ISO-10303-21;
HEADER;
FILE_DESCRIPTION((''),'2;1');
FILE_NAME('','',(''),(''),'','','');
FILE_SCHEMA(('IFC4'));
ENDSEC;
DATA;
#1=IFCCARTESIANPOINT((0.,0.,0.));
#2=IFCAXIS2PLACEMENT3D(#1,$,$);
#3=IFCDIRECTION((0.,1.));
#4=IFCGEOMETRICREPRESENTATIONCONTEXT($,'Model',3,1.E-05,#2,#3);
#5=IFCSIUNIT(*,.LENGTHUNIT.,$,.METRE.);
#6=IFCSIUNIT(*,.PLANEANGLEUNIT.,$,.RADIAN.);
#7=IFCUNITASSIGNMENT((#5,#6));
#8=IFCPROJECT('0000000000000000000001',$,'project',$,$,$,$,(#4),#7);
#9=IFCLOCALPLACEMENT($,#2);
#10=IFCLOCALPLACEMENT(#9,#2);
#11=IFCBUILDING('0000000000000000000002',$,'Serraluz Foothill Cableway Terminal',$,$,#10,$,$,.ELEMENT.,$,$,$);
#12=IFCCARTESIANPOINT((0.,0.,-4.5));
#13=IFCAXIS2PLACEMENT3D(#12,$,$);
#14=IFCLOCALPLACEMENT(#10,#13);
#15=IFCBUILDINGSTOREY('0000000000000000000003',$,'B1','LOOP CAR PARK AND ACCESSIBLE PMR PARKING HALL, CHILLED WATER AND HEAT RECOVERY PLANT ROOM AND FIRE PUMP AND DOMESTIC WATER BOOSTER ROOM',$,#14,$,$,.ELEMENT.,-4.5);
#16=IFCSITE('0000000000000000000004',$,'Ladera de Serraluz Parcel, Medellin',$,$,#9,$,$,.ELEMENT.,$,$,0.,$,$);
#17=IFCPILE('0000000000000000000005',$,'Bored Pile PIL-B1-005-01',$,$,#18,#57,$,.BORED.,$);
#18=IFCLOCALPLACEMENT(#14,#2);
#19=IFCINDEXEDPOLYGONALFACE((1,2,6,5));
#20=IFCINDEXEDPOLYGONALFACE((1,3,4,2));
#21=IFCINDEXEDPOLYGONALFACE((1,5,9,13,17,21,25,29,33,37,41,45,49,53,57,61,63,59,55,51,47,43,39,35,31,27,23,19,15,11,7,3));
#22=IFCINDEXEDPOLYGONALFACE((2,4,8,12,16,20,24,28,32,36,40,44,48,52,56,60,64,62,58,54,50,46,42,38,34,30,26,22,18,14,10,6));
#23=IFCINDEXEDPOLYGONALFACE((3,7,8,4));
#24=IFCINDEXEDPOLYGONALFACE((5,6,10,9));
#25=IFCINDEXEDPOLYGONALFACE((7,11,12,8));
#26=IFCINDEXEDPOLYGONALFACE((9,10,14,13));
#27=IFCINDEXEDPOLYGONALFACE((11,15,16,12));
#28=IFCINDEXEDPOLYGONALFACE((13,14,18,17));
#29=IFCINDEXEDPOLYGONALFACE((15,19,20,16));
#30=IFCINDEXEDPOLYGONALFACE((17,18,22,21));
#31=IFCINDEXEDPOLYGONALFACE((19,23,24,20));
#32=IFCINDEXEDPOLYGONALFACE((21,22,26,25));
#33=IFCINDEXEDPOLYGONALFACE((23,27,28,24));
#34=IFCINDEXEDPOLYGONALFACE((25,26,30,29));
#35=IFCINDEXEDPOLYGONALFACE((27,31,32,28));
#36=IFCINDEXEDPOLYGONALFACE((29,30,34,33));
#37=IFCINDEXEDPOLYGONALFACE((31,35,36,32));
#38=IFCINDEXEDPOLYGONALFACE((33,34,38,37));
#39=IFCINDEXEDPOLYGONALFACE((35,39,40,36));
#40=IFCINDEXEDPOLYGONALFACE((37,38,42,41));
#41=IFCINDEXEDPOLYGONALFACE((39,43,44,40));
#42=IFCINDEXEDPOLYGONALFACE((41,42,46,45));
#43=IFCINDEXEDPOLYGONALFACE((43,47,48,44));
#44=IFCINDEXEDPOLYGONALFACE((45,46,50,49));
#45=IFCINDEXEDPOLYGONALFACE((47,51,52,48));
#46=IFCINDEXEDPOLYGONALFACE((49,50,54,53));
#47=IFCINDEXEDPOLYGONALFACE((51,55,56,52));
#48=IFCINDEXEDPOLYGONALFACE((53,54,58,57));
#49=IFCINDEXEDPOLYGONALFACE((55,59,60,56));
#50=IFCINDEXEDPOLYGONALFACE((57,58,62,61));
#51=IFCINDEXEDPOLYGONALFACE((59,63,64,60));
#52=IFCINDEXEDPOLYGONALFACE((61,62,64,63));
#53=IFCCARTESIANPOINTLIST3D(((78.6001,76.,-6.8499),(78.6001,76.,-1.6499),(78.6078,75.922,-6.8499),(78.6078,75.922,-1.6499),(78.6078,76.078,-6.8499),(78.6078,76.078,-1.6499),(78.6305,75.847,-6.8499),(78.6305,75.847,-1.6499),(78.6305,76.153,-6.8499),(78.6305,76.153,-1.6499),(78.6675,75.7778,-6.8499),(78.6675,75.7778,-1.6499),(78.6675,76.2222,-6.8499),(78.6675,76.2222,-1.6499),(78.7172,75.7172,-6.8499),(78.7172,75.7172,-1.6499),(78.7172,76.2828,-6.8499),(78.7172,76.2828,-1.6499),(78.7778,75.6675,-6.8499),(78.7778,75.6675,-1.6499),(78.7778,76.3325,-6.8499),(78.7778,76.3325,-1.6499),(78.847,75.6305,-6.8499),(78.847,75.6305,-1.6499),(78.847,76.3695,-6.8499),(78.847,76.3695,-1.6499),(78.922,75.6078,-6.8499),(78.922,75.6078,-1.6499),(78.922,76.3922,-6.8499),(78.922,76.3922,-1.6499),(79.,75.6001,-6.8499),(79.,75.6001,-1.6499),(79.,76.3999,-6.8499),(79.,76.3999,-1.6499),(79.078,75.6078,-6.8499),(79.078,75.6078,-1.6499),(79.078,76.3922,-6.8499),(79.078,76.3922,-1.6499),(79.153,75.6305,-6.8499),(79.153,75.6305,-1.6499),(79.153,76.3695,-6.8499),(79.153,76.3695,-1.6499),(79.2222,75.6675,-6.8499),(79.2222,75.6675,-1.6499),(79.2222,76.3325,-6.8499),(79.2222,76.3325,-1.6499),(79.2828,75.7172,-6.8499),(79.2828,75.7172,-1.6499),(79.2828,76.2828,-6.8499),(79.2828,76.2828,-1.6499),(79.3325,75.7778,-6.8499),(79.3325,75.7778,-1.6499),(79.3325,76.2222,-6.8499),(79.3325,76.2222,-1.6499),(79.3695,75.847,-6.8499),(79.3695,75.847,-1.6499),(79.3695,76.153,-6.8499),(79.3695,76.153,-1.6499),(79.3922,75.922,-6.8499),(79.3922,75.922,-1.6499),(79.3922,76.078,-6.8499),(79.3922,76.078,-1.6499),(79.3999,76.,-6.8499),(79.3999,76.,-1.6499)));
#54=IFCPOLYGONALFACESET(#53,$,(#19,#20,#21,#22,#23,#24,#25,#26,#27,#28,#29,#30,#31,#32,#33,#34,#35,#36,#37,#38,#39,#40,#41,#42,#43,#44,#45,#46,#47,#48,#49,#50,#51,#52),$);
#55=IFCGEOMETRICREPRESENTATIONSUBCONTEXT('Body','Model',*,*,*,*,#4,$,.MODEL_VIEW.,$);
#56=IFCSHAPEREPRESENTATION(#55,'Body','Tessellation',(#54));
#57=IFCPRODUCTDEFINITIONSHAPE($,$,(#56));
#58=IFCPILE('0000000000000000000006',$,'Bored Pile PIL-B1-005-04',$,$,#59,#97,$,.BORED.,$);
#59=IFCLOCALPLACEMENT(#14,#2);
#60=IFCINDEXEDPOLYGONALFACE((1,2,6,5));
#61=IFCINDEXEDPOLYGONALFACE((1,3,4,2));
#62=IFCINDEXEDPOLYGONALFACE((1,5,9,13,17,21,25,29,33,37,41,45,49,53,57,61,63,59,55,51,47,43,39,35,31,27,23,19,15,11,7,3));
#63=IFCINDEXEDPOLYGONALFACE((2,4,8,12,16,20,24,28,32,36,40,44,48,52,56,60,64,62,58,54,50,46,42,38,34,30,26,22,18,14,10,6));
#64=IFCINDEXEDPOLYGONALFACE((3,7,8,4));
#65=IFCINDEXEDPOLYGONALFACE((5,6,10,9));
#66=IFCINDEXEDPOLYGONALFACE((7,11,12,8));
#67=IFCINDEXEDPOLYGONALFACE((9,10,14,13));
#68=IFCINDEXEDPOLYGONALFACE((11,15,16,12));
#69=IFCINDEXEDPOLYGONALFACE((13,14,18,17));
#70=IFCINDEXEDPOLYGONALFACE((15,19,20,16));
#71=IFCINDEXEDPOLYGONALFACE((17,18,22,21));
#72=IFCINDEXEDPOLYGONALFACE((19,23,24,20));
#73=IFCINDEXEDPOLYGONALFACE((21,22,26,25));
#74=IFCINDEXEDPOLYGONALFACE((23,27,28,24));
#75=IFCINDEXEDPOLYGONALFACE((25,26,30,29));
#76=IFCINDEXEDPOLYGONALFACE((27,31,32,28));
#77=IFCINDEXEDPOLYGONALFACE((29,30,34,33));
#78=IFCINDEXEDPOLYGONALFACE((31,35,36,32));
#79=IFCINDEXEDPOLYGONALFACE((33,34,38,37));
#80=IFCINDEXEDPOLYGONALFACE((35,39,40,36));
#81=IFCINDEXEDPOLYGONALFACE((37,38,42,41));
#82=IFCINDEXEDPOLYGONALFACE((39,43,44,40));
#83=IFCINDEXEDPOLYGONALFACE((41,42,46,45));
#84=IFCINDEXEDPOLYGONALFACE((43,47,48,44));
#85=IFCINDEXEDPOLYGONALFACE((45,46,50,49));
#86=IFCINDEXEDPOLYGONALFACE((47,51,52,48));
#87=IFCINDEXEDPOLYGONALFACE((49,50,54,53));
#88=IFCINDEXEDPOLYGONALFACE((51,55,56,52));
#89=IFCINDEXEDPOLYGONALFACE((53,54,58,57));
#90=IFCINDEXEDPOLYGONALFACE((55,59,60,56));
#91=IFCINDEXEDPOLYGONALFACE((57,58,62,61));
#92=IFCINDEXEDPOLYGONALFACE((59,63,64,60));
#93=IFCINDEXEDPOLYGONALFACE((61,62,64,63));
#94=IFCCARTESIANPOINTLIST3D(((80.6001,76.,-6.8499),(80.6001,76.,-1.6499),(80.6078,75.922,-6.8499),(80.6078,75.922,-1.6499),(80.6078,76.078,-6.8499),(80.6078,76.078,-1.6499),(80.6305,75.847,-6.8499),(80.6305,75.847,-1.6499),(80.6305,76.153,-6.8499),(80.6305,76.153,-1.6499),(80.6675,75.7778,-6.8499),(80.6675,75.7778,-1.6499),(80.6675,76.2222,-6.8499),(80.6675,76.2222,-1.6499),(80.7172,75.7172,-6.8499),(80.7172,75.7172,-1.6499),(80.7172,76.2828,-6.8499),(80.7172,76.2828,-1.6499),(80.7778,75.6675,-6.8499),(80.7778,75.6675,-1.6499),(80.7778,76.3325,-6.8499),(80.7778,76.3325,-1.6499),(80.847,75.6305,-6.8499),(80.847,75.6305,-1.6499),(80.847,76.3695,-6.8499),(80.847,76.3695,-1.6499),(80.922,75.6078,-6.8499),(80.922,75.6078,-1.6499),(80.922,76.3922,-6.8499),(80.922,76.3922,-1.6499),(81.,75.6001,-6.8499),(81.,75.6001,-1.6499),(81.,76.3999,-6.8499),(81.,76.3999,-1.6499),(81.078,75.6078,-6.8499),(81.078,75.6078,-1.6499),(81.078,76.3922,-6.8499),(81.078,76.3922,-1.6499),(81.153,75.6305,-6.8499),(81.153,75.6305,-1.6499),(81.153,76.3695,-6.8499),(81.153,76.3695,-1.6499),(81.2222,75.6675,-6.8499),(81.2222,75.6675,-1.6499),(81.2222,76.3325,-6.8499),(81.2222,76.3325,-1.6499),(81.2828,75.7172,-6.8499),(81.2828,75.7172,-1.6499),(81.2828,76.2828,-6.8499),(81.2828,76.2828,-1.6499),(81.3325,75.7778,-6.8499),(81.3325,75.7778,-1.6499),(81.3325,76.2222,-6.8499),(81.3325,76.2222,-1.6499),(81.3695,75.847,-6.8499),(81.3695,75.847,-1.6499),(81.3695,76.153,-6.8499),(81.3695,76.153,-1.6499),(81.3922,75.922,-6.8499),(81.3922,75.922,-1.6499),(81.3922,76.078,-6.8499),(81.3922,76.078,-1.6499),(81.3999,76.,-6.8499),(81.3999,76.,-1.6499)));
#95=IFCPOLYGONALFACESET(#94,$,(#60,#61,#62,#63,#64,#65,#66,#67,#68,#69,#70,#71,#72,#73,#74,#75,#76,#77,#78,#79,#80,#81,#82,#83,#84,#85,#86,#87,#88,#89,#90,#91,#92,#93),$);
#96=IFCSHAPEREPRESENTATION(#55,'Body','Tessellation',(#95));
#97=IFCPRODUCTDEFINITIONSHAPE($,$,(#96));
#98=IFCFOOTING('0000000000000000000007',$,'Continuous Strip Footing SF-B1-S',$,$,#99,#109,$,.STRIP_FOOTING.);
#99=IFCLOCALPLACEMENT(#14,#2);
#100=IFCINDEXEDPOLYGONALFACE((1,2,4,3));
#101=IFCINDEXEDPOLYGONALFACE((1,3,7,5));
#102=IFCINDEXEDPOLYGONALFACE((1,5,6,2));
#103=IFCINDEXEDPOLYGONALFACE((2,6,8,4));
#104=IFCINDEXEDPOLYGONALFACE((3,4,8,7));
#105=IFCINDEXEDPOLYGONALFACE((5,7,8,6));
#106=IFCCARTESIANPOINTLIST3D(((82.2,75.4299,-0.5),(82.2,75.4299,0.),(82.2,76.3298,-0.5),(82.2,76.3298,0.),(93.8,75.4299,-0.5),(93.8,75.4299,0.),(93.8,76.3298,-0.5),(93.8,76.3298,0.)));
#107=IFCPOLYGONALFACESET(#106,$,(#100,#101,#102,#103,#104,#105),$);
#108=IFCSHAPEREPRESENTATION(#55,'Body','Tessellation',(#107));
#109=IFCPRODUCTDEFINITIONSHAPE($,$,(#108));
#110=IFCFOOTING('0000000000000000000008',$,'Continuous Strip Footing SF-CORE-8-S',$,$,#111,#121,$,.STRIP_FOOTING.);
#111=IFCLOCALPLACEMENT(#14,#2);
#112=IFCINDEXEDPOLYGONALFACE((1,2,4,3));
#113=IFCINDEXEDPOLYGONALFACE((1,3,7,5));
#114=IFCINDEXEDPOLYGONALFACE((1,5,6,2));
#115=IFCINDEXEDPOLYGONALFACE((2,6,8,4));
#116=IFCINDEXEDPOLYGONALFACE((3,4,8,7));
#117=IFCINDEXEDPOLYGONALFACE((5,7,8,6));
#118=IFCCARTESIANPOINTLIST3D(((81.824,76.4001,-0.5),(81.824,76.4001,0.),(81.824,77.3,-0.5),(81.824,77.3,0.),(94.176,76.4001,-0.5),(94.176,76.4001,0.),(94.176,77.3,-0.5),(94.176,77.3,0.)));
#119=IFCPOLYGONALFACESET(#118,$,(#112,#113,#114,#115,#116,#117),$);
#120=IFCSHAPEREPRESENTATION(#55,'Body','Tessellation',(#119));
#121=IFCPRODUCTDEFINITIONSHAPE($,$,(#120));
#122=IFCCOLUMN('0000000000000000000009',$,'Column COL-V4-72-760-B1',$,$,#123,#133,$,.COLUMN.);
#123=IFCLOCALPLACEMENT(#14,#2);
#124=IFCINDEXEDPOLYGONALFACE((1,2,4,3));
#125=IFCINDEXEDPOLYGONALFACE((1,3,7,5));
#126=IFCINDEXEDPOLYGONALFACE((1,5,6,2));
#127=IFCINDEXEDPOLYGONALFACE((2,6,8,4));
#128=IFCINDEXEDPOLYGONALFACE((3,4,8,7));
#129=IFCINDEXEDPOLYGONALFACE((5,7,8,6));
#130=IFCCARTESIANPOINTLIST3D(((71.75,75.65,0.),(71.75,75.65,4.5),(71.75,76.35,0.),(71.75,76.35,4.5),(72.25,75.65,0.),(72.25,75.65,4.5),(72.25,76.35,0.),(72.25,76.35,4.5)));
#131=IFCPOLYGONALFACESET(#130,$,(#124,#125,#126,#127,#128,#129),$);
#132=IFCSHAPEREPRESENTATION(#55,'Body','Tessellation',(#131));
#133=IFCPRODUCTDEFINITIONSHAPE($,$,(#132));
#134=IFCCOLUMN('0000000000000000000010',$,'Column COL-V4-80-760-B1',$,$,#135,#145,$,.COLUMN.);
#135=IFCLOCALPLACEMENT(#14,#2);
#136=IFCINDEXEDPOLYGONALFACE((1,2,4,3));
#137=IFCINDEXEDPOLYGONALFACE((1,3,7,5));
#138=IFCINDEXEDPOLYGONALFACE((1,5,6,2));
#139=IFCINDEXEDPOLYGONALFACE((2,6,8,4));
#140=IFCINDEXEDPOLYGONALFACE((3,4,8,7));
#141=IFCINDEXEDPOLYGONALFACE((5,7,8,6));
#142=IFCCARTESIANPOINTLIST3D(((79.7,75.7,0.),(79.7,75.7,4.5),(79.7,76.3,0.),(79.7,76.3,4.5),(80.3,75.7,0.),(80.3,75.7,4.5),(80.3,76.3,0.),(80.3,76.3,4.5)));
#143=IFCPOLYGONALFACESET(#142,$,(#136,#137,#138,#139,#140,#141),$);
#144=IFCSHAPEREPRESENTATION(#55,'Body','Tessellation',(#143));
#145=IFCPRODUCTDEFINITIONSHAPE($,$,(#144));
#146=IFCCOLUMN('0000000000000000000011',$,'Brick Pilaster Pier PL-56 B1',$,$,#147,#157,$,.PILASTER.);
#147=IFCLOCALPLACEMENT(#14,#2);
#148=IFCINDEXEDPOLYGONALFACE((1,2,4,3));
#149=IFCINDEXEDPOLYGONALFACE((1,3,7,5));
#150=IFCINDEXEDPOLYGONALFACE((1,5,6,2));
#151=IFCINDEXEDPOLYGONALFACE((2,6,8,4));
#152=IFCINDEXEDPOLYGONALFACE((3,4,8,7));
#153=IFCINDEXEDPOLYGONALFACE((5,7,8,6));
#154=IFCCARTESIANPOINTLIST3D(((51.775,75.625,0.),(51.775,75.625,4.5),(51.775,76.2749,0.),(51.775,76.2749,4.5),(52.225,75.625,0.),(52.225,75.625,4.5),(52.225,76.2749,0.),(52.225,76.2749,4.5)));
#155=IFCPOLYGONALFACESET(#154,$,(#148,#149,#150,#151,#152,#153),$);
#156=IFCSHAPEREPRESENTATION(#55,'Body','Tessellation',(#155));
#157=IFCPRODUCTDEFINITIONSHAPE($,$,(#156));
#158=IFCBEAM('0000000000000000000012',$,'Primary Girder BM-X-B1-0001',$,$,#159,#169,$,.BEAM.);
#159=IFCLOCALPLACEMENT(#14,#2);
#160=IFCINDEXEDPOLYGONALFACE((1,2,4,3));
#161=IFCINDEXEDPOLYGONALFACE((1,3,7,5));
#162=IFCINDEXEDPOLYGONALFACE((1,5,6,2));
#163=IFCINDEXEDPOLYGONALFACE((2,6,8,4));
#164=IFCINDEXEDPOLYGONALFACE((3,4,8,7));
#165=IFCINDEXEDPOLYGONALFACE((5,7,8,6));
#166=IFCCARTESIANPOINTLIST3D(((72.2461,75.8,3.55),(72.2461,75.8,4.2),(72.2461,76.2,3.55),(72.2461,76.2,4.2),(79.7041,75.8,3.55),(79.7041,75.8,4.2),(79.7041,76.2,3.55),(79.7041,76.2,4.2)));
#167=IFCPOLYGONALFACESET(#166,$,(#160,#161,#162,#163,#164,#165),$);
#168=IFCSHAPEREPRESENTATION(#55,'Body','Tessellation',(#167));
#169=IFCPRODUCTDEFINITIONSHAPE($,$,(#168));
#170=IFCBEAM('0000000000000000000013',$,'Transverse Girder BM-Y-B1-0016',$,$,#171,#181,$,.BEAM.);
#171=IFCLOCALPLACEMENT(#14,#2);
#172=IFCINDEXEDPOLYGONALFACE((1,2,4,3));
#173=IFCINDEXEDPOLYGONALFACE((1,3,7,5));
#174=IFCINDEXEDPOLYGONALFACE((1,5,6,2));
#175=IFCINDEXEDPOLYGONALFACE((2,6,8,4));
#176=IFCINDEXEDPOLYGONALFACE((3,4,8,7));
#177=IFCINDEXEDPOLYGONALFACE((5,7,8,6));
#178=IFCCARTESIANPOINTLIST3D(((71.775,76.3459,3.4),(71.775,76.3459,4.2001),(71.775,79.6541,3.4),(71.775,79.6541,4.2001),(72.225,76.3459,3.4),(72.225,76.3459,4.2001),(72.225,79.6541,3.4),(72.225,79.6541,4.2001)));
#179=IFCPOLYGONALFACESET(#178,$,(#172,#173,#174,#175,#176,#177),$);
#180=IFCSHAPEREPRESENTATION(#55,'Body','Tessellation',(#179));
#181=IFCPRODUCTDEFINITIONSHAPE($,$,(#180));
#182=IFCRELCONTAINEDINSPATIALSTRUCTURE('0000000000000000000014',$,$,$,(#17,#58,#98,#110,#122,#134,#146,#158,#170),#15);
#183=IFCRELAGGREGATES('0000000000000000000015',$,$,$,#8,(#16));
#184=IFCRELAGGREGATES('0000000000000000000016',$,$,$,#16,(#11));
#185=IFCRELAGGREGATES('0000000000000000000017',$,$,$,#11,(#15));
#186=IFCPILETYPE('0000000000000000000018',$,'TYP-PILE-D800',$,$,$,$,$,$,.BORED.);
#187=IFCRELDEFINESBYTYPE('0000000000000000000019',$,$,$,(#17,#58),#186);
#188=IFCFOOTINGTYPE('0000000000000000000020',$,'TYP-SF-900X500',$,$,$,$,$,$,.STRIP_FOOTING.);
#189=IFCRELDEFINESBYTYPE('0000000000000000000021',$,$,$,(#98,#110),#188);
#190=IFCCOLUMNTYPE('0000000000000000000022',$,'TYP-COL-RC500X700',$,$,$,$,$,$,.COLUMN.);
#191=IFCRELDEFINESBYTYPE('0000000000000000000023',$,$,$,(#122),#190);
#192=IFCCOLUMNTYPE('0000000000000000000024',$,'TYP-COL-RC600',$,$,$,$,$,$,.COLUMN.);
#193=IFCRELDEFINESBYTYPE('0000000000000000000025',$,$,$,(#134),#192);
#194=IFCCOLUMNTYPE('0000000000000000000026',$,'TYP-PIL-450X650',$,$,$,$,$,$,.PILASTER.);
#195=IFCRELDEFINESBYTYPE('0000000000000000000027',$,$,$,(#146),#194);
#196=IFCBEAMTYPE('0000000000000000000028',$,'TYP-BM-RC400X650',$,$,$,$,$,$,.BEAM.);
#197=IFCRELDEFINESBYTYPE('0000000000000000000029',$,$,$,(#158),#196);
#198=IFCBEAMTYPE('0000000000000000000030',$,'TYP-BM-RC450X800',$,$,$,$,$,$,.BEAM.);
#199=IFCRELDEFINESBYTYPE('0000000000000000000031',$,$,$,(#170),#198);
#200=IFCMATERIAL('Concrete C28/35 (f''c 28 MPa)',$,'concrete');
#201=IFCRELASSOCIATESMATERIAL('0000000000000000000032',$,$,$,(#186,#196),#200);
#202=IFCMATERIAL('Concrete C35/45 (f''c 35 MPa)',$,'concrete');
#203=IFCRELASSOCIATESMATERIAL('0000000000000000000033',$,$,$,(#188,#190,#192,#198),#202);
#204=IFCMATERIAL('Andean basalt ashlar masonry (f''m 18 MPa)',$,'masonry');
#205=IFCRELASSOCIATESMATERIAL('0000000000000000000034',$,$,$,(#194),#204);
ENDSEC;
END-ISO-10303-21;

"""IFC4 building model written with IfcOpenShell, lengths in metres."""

from ifc_helpers import new_model, si_unit, direction, frame, origin, origin_2d, place, context, subcontext, project, spatial, rectangle, circle, extrude, material, material_profile, profile_set, type_object, element, save


model = new_model("IFC4")

# Units and contexts
model_context = context("Model", 3, precision=1e-05, world=origin(), true_north=direction((0.0, 1.0)))
body_context = subcontext(model_context, "Body", "Model", "MODEL_VIEW")
ifc_project = project(units=[si_unit("LENGTHUNIT", "METRE"), si_unit("PLANEANGLEUNIT", "RADIAN")], contexts=[model_context])

# Site, building, storey
site_placement = place(None, origin())
site = spatial("IfcSite", under=ifc_project, at=site_placement, Name="Ladera de Serraluz Parcel, Medellin", CompositionType="ELEMENT", RefElevation=0.0)
building_placement = place(site_placement, origin())
building = spatial("IfcBuilding", under=site, at=building_placement, Name="Serraluz Foothill Cableway Terminal", CompositionType="ELEMENT")
storey_placement = place(building_placement, frame((0.0, 0.0, -4.5)))
storey = spatial("IfcBuildingStorey", under=building, at=storey_placement, Name="B1", Description="LOOP CAR PARK AND ACCESSIBLE PMR PARKING HALL, CHILLED WATER AND HEAT RECOVERY PLANT ROOM AND FIRE PUMP AND DOMESTIC WATER BOOSTER ROOM", CompositionType="ELEMENT", Elevation=-4.5)

# Shared definitions
ifc_material_1 = material(Name="Concrete C35/45 (f'c 35 MPa)", Category="concrete")

# Piles
ifc_material_2 = material(Name="Concrete C28/35 (f'c 28 MPa)", Category="concrete")
ifc_material_profile_1 = material_profile(ifc_material_2, circle(Radius=0.3999, at=origin_2d()), Name="BORED PILE D800")
ifc_profile_set_1 = profile_set([ifc_material_profile_1], Name="Concrete C28/35 (f'c 28 MPa)")
pile_type = type_object("IfcPileType", Name="TYP-PILE-D800", PredefinedType="BORED", material=ifc_profile_set_1)
for number, where, z_axis, x_axis, name in (
    (1, (79.0, 76.0, -1.6499), (0.0, 0.0, -1.0), (1.0, 0.0, 0.0), "Bored Pile PIL-B1-005-01"),
    (2, (81.0, 76.0, -1.6499), (0.0, 0.0, -1.0), (1.0, 0.0, 0.0), "Bored Pile PIL-B1-005-04"),
):
    element("IfcPile", number, at=place(storey_placement, frame(where, z_axis=z_axis, x_axis=x_axis)), inside=storey, type_object=pile_type, Name=name, PredefinedType="BORED", context=body_context, shape_type="SweptSolid", body=[
        extrude(circle(Radius=0.3999, at=origin_2d()), origin(), (0.0, 0.0, 1.0), 5.2),
    ])

# Footings
ifc_material_profile_2 = material_profile(ifc_material_1, rectangle(XDim=0.8999, YDim=0.5, at=origin_2d()), Name="SF 900x500")
ifc_profile_set_2 = profile_set([ifc_material_profile_2], Name="Concrete C35/45 (f'c 35 MPa)")
footing_type_1 = type_object("IfcFootingType", Name="TYP-SF-900X500", PredefinedType="STRIP_FOOTING", material=ifc_profile_set_2)
footing_1_placement = place(storey_placement, frame((82.2, 75.8799, -0.25), z_axis=(1.0, 0.0, 0.0), x_axis=(0.0, 1.0, 0.0)))
element("IfcFooting", 3, at=footing_1_placement, inside=storey, type_object=footing_type_1, Name="Continuous Strip Footing SF-B1-S", PredefinedType="STRIP_FOOTING", context=body_context, shape_type="SweptSolid", body=[
    extrude(rectangle(XDim=0.8999, YDim=0.5, at=origin_2d()), origin(), (0.0, 0.0, 1.0), 11.6001),
])
footing_2_placement = place(storey_placement, frame((81.824, 76.8501, -0.25), z_axis=(1.0, 0.0, 0.0), x_axis=(0.0, 1.0, 0.0)))
element("IfcFooting", 4, at=footing_2_placement, inside=storey, type_object=footing_type_1, Name="Continuous Strip Footing SF-CORE-8-S", PredefinedType="STRIP_FOOTING", context=body_context, shape_type="SweptSolid", body=[
    extrude(rectangle(XDim=0.8999, YDim=0.5, at=origin_2d()), origin(), (0.0, 0.0, 1.0), 12.3521),
])

# Columns
ifc_material_profile_3 = material_profile(ifc_material_1, rectangle(XDim=0.5, YDim=0.7, at=origin_2d()), Name="RC 500x700")
ifc_profile_set_3 = profile_set([ifc_material_profile_3], Name="Concrete C35/45 (f'c 35 MPa)")
column_type_1 = type_object("IfcColumnType", Name="TYP-COL-RC500X700", PredefinedType="COLUMN", material=ifc_profile_set_3)
column_1_placement = place(storey_placement, frame((72.0, 76.0, 0.0), z_axis=(0.0, 0.0, 1.0), x_axis=(1.0, 0.0, 0.0)))
element("IfcColumn", 5, at=column_1_placement, inside=storey, type_object=column_type_1, Name="Column COL-V4-72-760-B1", PredefinedType="COLUMN", context=body_context, shape_type="SweptSolid", body=[
    extrude(rectangle(XDim=0.5, YDim=0.7, at=origin_2d()), origin(), (0.0, 0.0, 1.0), 4.5),
])
ifc_material_profile_4 = material_profile(ifc_material_1, rectangle(XDim=0.6001, YDim=0.6001, at=origin_2d()), Name="RC 600x600")
ifc_profile_set_4 = profile_set([ifc_material_profile_4], Name="Concrete C35/45 (f'c 35 MPa)")
column_type_2 = type_object("IfcColumnType", Name="TYP-COL-RC600", PredefinedType="COLUMN", material=ifc_profile_set_4)
column_2_placement = place(storey_placement, frame((80.0, 76.0, 0.0), z_axis=(0.0, 0.0, 1.0), x_axis=(1.0, 0.0, 0.0)))
element("IfcColumn", 6, at=column_2_placement, inside=storey, type_object=column_type_2, Name="Column COL-V4-80-760-B1", PredefinedType="COLUMN", context=body_context, shape_type="SweptSolid", body=[
    extrude(rectangle(XDim=0.6001, YDim=0.6001, at=origin_2d()), origin(), (0.0, 0.0, 1.0), 4.5),
])
ifc_material_3 = material(Name="Andean basalt ashlar masonry (f'm 18 MPa)", Category="masonry")
ifc_material_profile_5 = material_profile(ifc_material_3, rectangle(XDim=0.45, YDim=0.6499, at=origin_2d()), Name="PIL 450x650")
ifc_profile_set_5 = profile_set([ifc_material_profile_5], Name="Andean basalt ashlar masonry (f'm 18 MPa)")
column_type_3 = type_object("IfcColumnType", Name="TYP-PIL-450X650", PredefinedType="PILASTER", material=ifc_profile_set_5)
column_3_placement = place(storey_placement, frame((52.0, 75.95, 0.0), z_axis=(0.0, 0.0, 1.0), x_axis=(1.0, 0.0, 0.0)))
element("IfcColumn", 7, at=column_3_placement, inside=storey, type_object=column_type_3, Name="Brick Pilaster Pier PL-56 B1", PredefinedType="PILASTER", context=body_context, shape_type="SweptSolid", body=[
    extrude(rectangle(XDim=0.45, YDim=0.6499, at=origin_2d()), origin(), (0.0, 0.0, 1.0), 4.5),
])

# Beams
ifc_material_profile_6 = material_profile(ifc_material_2, rectangle(XDim=0.3999, YDim=0.6499, at=origin_2d()), Name="RC 400x650")
ifc_profile_set_6 = profile_set([ifc_material_profile_6], Name="Concrete C28/35 (f'c 28 MPa)")
beam_type_1 = type_object("IfcBeamType", Name="TYP-BM-RC400X650", PredefinedType="BEAM", material=ifc_profile_set_6)
beam_1_placement = place(storey_placement, frame((72.2461, 76.0, 3.875), z_axis=(1.0, 0.0, 0.0), x_axis=(0.0, 1.0, 0.0)))
element("IfcBeam", 8, at=beam_1_placement, inside=storey, type_object=beam_type_1, Name="Primary Girder BM-X-B1-0001", PredefinedType="BEAM", context=body_context, shape_type="SweptSolid", body=[
    extrude(rectangle(XDim=0.3999, YDim=0.6499, at=origin_2d()), origin(), (0.0, 0.0, 1.0), 7.458),
])
ifc_material_profile_7 = material_profile(ifc_material_1, rectangle(XDim=0.45, YDim=0.8, at=origin_2d()), Name="RC 450x800")
ifc_profile_set_7 = profile_set([ifc_material_profile_7], Name="Concrete C35/45 (f'c 35 MPa)")
beam_type_2 = type_object("IfcBeamType", Name="TYP-BM-RC450X800", PredefinedType="BEAM", material=ifc_profile_set_7)
beam_2_placement = place(storey_placement, frame((72.0, 76.3459, 3.8), z_axis=(0.0, 1.0, 0.0), x_axis=(-1.0, 0.0, 0.0)))
element("IfcBeam", 9, at=beam_2_placement, inside=storey, type_object=beam_type_2, Name="Transverse Girder BM-Y-B1-0016", PredefinedType="BEAM", context=body_context, shape_type="SweptSolid", body=[
    extrude(rectangle(XDim=0.45, YDim=0.8, at=origin_2d()), origin(), (0.0, 0.0, 1.0), 3.3081),
])

save(model, "model.ifc")
